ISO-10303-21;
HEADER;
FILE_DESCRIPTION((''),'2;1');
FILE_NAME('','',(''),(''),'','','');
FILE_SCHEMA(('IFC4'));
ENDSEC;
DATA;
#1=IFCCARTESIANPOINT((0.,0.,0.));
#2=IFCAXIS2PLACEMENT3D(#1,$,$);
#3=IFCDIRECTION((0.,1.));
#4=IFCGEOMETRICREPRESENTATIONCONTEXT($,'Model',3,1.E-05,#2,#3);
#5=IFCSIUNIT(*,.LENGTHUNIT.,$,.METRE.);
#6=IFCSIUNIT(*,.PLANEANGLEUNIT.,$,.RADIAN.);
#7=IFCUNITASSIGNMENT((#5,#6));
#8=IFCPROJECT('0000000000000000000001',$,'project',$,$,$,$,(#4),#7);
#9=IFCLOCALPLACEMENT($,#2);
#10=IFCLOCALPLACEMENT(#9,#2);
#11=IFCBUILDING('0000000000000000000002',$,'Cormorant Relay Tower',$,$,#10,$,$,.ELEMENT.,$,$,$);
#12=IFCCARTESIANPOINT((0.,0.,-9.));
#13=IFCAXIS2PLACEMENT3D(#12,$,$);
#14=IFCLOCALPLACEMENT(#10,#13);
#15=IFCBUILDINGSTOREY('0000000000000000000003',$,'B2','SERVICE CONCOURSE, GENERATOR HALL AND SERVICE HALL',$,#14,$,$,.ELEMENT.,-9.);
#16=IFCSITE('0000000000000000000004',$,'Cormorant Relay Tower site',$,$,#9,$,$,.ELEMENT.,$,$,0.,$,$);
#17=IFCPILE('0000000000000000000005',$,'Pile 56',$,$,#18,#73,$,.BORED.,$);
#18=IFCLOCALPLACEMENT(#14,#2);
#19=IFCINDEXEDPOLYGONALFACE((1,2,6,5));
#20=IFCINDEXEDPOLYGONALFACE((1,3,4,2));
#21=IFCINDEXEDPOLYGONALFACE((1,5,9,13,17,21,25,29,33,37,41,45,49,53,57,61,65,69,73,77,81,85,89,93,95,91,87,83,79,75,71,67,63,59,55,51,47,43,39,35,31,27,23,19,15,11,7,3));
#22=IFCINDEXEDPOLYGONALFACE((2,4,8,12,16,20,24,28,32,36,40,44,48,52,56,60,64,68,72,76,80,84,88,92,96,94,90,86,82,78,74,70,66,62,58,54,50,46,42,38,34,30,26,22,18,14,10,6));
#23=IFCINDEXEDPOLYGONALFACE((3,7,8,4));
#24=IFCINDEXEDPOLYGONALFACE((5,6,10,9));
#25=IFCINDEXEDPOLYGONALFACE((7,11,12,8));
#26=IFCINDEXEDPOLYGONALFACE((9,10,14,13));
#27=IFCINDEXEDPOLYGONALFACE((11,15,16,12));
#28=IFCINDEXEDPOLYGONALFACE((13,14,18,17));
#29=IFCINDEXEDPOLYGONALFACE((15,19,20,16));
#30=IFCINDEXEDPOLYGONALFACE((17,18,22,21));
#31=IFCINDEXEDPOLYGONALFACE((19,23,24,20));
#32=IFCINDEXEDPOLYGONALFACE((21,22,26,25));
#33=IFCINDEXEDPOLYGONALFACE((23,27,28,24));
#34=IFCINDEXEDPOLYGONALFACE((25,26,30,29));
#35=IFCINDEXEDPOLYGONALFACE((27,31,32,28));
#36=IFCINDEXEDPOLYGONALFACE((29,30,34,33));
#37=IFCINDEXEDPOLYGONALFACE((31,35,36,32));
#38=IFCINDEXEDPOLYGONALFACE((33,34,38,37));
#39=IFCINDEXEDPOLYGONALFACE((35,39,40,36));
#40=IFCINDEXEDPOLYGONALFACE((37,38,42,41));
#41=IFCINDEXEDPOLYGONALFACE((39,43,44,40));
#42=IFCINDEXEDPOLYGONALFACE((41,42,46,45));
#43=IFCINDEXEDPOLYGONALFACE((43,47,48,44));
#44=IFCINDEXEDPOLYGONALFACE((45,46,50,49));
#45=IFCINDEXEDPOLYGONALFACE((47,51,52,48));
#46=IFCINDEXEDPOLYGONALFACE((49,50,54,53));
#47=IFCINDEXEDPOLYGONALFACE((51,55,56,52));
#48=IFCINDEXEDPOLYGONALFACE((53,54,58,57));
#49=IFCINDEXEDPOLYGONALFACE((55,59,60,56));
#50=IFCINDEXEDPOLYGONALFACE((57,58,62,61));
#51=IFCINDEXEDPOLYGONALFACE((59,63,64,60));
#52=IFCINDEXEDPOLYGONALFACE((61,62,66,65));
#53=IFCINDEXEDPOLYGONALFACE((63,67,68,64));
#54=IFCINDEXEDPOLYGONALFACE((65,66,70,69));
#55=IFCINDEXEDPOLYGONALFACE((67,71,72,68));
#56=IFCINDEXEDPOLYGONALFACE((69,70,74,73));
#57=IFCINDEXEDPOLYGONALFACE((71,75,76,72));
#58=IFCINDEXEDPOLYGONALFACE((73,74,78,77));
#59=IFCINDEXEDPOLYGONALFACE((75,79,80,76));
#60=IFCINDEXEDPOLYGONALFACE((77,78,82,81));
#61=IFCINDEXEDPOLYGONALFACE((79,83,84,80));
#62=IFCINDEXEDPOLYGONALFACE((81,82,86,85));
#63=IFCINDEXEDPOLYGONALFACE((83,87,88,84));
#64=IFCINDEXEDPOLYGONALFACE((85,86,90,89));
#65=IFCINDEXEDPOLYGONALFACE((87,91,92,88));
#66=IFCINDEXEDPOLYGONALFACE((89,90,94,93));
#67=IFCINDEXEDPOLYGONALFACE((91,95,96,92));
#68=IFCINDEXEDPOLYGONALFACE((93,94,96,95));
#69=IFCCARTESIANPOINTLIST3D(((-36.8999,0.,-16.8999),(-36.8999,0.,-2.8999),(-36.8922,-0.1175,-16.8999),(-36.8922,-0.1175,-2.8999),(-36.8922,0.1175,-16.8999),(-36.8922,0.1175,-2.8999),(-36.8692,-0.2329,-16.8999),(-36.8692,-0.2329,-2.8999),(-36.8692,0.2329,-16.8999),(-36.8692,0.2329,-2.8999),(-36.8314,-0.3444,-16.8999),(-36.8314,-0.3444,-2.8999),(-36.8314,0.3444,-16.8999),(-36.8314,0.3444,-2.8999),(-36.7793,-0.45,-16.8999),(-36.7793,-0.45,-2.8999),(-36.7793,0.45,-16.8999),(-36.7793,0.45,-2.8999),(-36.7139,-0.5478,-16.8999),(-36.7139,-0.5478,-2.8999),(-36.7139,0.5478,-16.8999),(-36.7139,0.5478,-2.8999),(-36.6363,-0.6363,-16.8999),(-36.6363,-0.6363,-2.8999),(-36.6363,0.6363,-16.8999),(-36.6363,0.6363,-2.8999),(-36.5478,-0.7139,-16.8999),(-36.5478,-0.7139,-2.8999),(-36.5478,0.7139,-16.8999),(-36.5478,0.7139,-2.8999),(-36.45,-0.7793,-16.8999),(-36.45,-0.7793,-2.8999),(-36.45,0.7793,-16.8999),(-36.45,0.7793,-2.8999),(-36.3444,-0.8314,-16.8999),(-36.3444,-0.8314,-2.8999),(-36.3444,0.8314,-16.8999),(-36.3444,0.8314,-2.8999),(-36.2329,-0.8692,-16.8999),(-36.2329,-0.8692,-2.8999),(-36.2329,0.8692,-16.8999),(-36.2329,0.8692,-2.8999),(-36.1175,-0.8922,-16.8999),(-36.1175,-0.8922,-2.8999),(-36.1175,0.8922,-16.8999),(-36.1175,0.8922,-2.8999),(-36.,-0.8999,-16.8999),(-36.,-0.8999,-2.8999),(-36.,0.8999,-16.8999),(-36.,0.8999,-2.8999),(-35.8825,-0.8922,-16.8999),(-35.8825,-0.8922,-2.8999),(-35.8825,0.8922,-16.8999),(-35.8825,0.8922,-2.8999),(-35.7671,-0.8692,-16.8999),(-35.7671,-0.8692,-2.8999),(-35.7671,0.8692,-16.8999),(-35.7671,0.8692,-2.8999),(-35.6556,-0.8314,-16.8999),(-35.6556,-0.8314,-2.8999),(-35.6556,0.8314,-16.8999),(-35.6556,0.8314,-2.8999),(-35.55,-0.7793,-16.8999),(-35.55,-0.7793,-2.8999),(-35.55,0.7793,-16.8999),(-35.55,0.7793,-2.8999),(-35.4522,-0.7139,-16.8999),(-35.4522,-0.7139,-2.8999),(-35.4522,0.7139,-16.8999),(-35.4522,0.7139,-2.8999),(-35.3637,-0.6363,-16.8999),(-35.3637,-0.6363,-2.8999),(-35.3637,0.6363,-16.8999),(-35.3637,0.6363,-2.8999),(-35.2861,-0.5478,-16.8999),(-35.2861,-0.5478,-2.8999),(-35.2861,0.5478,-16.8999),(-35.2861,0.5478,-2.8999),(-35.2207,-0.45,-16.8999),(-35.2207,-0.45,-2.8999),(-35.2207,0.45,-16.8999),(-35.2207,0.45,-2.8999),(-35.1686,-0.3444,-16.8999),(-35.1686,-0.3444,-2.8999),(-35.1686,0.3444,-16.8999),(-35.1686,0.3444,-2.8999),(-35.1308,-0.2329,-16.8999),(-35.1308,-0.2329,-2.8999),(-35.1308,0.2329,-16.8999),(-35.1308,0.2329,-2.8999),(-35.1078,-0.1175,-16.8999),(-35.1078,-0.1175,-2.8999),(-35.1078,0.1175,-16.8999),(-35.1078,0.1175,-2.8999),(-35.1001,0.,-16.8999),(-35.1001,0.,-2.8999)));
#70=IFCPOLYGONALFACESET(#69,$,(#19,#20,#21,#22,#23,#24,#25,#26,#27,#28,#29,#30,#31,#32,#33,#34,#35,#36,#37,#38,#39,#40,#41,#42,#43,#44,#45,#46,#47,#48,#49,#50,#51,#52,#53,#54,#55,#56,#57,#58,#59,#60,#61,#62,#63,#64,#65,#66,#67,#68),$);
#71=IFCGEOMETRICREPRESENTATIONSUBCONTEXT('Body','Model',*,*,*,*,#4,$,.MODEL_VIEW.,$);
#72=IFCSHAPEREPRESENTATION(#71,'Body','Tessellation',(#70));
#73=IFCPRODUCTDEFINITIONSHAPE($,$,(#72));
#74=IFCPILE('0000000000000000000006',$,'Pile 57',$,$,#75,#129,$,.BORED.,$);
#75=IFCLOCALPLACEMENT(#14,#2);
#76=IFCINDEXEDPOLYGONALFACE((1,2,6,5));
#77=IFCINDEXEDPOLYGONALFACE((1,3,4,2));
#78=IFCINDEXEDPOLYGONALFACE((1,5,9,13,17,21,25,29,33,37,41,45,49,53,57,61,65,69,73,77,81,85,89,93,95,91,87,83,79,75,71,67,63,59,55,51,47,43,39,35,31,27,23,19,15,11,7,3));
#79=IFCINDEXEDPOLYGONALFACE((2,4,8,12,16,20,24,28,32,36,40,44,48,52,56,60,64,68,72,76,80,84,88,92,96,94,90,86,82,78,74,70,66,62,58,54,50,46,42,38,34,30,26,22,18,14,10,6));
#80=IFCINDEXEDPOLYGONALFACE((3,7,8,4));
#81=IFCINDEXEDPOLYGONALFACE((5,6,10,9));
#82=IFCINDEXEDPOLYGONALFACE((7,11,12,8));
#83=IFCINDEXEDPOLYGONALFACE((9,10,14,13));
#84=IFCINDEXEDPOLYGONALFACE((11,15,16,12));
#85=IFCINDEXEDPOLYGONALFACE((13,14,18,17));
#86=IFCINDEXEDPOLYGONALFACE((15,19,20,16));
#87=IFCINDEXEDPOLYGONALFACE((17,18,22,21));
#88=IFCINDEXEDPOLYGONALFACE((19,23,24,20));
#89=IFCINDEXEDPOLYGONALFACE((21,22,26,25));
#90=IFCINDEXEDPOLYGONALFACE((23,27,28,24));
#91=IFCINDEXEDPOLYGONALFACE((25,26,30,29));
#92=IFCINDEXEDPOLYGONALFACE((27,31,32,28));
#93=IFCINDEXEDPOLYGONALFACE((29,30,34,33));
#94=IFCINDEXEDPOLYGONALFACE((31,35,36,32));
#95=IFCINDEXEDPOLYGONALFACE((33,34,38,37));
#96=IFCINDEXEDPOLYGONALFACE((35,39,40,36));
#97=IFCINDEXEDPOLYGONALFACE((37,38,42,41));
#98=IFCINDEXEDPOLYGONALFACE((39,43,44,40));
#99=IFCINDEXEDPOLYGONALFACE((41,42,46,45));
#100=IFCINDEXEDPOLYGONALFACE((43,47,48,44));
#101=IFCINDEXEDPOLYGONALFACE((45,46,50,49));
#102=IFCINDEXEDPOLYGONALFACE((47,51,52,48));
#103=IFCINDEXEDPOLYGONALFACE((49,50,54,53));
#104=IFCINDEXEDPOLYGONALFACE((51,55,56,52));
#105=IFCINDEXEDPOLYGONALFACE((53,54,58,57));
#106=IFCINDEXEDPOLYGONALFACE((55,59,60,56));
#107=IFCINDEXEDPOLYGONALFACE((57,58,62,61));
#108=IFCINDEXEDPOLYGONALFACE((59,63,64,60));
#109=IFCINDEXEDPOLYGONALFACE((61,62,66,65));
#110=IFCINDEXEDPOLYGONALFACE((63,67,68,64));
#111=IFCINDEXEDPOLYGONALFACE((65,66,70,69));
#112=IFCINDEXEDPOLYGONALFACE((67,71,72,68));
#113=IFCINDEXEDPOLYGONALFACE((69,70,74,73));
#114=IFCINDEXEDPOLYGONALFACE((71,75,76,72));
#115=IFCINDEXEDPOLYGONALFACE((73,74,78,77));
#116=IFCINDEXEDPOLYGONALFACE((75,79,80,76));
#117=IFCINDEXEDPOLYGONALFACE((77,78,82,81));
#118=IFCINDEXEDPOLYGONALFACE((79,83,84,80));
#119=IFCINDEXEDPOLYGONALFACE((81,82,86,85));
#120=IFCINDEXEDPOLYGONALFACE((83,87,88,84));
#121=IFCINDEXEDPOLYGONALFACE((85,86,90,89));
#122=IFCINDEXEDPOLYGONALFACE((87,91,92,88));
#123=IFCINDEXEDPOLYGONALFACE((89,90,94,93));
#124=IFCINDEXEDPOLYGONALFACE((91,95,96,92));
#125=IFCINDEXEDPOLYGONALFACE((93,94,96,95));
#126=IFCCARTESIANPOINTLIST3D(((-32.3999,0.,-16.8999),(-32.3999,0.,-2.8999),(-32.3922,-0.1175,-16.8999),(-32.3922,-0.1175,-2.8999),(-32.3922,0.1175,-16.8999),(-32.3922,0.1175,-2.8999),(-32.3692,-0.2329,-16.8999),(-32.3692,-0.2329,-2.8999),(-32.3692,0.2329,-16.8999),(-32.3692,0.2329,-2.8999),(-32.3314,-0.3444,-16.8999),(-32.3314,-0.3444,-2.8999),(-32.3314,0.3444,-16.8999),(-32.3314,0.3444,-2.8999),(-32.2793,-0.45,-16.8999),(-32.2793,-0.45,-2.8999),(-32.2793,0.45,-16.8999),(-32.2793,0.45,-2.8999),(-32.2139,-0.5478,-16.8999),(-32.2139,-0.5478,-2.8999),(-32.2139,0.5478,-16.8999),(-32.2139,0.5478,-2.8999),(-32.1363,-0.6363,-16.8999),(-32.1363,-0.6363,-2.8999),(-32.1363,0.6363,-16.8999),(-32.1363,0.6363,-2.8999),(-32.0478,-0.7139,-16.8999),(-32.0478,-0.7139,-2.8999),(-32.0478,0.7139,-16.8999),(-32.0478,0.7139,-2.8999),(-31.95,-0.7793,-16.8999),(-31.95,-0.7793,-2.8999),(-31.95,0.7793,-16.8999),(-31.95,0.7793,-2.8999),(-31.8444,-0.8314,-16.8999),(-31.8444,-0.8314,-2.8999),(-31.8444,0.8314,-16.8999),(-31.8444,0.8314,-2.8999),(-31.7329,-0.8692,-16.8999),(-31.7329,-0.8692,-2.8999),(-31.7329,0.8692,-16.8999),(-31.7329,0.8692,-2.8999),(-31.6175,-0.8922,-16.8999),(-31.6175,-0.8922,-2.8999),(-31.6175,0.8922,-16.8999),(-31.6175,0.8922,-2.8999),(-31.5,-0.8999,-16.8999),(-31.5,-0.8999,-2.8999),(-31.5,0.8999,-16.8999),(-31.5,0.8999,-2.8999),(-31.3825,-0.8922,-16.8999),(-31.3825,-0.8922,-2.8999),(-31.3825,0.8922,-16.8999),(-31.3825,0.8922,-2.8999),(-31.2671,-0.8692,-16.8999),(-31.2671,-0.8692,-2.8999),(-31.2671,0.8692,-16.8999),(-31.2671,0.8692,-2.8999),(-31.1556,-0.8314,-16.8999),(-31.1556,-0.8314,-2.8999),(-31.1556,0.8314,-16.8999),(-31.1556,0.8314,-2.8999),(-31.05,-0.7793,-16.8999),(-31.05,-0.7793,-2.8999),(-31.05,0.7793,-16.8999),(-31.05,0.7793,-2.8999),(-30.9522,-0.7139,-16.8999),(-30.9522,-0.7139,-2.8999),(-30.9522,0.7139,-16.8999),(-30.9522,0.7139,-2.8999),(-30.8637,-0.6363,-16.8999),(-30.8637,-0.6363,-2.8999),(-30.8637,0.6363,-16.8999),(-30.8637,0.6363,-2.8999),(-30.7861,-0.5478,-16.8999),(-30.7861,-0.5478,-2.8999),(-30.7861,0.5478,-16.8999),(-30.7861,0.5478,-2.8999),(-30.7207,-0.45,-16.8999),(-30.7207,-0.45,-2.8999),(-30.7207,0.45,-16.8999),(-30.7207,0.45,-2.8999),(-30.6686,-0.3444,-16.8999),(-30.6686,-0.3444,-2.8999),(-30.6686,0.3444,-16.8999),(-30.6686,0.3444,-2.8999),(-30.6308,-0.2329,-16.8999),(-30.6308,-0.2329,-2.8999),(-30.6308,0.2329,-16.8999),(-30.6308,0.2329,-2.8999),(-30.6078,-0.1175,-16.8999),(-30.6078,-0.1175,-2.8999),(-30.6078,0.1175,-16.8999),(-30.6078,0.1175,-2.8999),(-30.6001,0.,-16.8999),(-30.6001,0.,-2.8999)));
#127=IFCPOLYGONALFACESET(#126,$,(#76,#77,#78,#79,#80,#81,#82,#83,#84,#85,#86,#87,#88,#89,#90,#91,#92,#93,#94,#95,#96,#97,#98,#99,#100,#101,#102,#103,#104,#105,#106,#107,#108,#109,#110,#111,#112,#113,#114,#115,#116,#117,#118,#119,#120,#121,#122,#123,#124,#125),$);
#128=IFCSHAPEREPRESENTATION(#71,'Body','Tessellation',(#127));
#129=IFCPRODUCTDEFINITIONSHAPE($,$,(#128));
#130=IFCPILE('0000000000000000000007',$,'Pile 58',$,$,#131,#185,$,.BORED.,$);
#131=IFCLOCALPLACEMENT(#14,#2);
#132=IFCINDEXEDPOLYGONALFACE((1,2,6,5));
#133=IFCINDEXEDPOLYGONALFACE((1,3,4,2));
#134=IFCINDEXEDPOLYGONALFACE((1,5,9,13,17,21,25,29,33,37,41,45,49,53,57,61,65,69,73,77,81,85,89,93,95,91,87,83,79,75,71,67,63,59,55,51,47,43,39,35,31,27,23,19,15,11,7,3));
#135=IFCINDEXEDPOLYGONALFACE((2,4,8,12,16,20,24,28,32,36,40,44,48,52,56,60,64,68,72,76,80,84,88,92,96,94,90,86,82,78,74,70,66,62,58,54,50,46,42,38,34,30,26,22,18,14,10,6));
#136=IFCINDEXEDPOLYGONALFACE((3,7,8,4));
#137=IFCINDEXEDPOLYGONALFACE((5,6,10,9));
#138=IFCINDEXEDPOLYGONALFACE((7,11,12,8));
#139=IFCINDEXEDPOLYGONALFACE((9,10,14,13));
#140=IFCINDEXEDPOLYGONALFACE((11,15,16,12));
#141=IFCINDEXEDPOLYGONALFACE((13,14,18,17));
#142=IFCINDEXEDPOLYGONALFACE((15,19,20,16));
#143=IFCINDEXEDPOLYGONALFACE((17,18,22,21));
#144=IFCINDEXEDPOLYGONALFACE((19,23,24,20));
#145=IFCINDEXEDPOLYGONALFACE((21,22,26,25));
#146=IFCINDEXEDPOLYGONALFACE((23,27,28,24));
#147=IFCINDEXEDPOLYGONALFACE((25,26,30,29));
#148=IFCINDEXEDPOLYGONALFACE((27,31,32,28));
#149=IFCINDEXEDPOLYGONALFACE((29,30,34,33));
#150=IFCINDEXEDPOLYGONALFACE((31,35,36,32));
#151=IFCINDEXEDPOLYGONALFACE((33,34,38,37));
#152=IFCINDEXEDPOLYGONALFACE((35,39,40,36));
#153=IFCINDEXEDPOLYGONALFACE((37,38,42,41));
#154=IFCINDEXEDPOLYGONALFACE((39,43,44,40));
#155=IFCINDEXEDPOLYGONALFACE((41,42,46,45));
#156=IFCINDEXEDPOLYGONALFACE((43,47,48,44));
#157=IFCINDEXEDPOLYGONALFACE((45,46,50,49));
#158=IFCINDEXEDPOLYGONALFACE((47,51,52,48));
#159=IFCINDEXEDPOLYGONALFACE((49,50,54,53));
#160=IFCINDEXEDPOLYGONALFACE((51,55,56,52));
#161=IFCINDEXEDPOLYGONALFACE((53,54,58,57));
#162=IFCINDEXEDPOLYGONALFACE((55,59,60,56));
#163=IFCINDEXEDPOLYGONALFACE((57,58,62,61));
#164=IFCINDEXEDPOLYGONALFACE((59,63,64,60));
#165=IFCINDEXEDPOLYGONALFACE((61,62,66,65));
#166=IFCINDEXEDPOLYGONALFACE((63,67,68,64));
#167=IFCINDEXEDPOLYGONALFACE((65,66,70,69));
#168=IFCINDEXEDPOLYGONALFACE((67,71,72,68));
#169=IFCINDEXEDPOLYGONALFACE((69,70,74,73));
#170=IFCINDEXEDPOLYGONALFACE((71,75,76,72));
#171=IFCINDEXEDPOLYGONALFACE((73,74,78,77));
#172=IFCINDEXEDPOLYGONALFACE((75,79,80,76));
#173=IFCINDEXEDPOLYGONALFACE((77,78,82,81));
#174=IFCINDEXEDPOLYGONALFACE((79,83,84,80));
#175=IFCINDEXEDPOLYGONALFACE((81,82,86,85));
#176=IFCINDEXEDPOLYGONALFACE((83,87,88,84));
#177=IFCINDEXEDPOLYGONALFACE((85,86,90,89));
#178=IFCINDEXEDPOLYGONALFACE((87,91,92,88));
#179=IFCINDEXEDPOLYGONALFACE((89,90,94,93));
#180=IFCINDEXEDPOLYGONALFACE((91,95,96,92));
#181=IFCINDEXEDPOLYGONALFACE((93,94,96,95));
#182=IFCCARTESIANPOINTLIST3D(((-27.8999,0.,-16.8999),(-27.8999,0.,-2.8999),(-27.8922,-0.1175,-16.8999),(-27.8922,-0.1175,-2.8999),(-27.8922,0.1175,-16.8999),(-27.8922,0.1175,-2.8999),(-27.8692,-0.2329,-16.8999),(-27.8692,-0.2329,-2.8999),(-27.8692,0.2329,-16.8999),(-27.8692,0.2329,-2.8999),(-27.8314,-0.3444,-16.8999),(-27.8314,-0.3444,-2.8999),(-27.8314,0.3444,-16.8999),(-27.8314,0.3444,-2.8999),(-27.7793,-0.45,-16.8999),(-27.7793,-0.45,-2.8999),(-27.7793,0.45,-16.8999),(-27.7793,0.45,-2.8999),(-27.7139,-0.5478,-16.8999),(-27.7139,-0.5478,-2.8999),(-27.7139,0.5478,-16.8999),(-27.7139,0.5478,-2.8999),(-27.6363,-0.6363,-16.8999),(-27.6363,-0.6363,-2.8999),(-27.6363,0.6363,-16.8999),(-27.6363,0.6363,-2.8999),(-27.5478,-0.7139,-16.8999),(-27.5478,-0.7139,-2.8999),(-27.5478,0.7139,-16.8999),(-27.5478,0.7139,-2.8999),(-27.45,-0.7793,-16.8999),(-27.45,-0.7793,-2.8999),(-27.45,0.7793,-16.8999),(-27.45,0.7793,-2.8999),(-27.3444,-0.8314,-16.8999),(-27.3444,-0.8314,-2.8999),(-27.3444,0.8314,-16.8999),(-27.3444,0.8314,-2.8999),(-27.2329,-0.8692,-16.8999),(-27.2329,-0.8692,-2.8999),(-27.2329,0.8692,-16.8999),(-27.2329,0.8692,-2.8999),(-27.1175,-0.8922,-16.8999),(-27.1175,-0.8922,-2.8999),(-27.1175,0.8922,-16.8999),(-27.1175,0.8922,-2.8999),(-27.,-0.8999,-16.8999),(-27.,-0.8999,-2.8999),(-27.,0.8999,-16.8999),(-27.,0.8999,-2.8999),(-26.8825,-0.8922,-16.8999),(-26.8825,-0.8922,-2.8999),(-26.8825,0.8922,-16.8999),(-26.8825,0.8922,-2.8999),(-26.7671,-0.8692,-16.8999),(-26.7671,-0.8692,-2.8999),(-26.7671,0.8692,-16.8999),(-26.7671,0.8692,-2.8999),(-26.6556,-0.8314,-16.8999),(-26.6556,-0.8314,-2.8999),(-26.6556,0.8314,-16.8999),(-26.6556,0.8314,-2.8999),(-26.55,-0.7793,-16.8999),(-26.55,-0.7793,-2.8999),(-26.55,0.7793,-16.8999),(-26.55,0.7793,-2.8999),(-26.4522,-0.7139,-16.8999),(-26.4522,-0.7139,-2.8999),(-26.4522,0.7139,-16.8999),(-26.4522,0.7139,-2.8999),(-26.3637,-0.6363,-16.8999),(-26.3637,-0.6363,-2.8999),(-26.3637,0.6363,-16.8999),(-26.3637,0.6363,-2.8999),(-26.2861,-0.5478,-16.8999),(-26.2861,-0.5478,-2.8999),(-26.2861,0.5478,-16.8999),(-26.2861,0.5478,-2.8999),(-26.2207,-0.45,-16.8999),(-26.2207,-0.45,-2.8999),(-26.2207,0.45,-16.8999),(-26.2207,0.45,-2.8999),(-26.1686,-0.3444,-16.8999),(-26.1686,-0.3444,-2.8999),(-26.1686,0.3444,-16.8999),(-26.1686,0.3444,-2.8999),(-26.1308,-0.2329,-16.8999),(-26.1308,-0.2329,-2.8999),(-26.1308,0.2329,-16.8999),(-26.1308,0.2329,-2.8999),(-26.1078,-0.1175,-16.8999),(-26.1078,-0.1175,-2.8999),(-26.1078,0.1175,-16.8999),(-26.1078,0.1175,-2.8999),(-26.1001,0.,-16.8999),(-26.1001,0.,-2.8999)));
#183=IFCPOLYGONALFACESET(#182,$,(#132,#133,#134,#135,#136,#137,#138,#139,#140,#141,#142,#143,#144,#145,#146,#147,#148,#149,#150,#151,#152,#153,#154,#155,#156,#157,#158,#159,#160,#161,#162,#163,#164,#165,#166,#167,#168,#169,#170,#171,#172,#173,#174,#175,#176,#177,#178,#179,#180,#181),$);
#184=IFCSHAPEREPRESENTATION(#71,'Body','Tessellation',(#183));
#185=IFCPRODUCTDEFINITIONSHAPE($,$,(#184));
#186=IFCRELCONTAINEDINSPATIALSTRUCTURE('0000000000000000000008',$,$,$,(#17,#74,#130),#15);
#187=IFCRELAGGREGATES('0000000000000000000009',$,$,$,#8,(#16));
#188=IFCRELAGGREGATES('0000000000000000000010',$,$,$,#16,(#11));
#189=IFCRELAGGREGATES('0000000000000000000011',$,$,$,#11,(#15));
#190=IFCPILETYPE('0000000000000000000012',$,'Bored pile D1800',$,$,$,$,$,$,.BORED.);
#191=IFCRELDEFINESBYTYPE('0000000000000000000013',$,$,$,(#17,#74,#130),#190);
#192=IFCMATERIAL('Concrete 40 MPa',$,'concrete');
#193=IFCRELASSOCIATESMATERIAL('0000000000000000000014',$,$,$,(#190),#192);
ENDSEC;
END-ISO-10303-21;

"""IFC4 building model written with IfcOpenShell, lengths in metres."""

from ifc_helpers import new_model, si_unit, direction, frame, origin, origin_2d, place, context, subcontext, project, spatial, circle, extrude, material, material_profile, profile_set, type_object, element, save


model = new_model("IFC4")

# Units and contexts
model_context = context("Model", 3, precision=1e-05, world=origin(), true_north=direction((0.0, 1.0)))
body_context = subcontext(model_context, "Body", "Model", "MODEL_VIEW")
ifc_project = project(units=[si_unit("LENGTHUNIT", "METRE"), si_unit("PLANEANGLEUNIT", "RADIAN")], contexts=[model_context])

# Site, building, storey
site_placement = place(None, origin())
site = spatial("IfcSite", under=ifc_project, at=site_placement, Name="Cormorant Relay Tower site", CompositionType="ELEMENT", RefElevation=0.0)
building_placement = place(site_placement, origin())
building = spatial("IfcBuilding", under=site, at=building_placement, Name="Cormorant Relay Tower", CompositionType="ELEMENT")
storey_placement = place(building_placement, frame((0.0, 0.0, -9.0)))
storey = spatial("IfcBuildingStorey", under=building, at=storey_placement, Name="B2", Description="SERVICE CONCOURSE, GENERATOR HALL AND SERVICE HALL", CompositionType="ELEMENT", Elevation=-9.0)

# Piles
ifc_material_1 = material(Name="Concrete 40 MPa", Category="concrete")
ifc_material_profile = material_profile(ifc_material_1, circle(Radius=0.8999, at=origin_2d()), Name="BP1800")
ifc_profile_set = profile_set([ifc_material_profile], Name="Concrete 40 MPa")
pile_type = type_object("IfcPileType", Name="Bored pile D1800", PredefinedType="BORED", material=ifc_profile_set)
for number, where, z_axis, x_axis, name in (
    (1, (-36.0, 0.0, -2.8999), (0.0, 0.0, -1.0), (1.0, 0.0, 0.0), "Pile 56"),
    (2, (-31.5, 0.0, -2.8999), (0.0, 0.0, -1.0), (1.0, 0.0, 0.0), "Pile 57"),
    (3, (-27.0, 0.0, -2.8999), (0.0, 0.0, -1.0), (1.0, 0.0, 0.0), "Pile 58"),
):
    element("IfcPile", number, at=place(storey_placement, frame(where, z_axis=z_axis, x_axis=x_axis)), inside=storey, type_object=pile_type, Name=name, PredefinedType="BORED", context=body_context, shape_type="SweptSolid", body=[
        extrude(circle(Radius=0.8999, at=origin_2d()), origin(), (0.0, 0.0, 1.0), 14.0),
    ])

save(model, "model.ifc")
